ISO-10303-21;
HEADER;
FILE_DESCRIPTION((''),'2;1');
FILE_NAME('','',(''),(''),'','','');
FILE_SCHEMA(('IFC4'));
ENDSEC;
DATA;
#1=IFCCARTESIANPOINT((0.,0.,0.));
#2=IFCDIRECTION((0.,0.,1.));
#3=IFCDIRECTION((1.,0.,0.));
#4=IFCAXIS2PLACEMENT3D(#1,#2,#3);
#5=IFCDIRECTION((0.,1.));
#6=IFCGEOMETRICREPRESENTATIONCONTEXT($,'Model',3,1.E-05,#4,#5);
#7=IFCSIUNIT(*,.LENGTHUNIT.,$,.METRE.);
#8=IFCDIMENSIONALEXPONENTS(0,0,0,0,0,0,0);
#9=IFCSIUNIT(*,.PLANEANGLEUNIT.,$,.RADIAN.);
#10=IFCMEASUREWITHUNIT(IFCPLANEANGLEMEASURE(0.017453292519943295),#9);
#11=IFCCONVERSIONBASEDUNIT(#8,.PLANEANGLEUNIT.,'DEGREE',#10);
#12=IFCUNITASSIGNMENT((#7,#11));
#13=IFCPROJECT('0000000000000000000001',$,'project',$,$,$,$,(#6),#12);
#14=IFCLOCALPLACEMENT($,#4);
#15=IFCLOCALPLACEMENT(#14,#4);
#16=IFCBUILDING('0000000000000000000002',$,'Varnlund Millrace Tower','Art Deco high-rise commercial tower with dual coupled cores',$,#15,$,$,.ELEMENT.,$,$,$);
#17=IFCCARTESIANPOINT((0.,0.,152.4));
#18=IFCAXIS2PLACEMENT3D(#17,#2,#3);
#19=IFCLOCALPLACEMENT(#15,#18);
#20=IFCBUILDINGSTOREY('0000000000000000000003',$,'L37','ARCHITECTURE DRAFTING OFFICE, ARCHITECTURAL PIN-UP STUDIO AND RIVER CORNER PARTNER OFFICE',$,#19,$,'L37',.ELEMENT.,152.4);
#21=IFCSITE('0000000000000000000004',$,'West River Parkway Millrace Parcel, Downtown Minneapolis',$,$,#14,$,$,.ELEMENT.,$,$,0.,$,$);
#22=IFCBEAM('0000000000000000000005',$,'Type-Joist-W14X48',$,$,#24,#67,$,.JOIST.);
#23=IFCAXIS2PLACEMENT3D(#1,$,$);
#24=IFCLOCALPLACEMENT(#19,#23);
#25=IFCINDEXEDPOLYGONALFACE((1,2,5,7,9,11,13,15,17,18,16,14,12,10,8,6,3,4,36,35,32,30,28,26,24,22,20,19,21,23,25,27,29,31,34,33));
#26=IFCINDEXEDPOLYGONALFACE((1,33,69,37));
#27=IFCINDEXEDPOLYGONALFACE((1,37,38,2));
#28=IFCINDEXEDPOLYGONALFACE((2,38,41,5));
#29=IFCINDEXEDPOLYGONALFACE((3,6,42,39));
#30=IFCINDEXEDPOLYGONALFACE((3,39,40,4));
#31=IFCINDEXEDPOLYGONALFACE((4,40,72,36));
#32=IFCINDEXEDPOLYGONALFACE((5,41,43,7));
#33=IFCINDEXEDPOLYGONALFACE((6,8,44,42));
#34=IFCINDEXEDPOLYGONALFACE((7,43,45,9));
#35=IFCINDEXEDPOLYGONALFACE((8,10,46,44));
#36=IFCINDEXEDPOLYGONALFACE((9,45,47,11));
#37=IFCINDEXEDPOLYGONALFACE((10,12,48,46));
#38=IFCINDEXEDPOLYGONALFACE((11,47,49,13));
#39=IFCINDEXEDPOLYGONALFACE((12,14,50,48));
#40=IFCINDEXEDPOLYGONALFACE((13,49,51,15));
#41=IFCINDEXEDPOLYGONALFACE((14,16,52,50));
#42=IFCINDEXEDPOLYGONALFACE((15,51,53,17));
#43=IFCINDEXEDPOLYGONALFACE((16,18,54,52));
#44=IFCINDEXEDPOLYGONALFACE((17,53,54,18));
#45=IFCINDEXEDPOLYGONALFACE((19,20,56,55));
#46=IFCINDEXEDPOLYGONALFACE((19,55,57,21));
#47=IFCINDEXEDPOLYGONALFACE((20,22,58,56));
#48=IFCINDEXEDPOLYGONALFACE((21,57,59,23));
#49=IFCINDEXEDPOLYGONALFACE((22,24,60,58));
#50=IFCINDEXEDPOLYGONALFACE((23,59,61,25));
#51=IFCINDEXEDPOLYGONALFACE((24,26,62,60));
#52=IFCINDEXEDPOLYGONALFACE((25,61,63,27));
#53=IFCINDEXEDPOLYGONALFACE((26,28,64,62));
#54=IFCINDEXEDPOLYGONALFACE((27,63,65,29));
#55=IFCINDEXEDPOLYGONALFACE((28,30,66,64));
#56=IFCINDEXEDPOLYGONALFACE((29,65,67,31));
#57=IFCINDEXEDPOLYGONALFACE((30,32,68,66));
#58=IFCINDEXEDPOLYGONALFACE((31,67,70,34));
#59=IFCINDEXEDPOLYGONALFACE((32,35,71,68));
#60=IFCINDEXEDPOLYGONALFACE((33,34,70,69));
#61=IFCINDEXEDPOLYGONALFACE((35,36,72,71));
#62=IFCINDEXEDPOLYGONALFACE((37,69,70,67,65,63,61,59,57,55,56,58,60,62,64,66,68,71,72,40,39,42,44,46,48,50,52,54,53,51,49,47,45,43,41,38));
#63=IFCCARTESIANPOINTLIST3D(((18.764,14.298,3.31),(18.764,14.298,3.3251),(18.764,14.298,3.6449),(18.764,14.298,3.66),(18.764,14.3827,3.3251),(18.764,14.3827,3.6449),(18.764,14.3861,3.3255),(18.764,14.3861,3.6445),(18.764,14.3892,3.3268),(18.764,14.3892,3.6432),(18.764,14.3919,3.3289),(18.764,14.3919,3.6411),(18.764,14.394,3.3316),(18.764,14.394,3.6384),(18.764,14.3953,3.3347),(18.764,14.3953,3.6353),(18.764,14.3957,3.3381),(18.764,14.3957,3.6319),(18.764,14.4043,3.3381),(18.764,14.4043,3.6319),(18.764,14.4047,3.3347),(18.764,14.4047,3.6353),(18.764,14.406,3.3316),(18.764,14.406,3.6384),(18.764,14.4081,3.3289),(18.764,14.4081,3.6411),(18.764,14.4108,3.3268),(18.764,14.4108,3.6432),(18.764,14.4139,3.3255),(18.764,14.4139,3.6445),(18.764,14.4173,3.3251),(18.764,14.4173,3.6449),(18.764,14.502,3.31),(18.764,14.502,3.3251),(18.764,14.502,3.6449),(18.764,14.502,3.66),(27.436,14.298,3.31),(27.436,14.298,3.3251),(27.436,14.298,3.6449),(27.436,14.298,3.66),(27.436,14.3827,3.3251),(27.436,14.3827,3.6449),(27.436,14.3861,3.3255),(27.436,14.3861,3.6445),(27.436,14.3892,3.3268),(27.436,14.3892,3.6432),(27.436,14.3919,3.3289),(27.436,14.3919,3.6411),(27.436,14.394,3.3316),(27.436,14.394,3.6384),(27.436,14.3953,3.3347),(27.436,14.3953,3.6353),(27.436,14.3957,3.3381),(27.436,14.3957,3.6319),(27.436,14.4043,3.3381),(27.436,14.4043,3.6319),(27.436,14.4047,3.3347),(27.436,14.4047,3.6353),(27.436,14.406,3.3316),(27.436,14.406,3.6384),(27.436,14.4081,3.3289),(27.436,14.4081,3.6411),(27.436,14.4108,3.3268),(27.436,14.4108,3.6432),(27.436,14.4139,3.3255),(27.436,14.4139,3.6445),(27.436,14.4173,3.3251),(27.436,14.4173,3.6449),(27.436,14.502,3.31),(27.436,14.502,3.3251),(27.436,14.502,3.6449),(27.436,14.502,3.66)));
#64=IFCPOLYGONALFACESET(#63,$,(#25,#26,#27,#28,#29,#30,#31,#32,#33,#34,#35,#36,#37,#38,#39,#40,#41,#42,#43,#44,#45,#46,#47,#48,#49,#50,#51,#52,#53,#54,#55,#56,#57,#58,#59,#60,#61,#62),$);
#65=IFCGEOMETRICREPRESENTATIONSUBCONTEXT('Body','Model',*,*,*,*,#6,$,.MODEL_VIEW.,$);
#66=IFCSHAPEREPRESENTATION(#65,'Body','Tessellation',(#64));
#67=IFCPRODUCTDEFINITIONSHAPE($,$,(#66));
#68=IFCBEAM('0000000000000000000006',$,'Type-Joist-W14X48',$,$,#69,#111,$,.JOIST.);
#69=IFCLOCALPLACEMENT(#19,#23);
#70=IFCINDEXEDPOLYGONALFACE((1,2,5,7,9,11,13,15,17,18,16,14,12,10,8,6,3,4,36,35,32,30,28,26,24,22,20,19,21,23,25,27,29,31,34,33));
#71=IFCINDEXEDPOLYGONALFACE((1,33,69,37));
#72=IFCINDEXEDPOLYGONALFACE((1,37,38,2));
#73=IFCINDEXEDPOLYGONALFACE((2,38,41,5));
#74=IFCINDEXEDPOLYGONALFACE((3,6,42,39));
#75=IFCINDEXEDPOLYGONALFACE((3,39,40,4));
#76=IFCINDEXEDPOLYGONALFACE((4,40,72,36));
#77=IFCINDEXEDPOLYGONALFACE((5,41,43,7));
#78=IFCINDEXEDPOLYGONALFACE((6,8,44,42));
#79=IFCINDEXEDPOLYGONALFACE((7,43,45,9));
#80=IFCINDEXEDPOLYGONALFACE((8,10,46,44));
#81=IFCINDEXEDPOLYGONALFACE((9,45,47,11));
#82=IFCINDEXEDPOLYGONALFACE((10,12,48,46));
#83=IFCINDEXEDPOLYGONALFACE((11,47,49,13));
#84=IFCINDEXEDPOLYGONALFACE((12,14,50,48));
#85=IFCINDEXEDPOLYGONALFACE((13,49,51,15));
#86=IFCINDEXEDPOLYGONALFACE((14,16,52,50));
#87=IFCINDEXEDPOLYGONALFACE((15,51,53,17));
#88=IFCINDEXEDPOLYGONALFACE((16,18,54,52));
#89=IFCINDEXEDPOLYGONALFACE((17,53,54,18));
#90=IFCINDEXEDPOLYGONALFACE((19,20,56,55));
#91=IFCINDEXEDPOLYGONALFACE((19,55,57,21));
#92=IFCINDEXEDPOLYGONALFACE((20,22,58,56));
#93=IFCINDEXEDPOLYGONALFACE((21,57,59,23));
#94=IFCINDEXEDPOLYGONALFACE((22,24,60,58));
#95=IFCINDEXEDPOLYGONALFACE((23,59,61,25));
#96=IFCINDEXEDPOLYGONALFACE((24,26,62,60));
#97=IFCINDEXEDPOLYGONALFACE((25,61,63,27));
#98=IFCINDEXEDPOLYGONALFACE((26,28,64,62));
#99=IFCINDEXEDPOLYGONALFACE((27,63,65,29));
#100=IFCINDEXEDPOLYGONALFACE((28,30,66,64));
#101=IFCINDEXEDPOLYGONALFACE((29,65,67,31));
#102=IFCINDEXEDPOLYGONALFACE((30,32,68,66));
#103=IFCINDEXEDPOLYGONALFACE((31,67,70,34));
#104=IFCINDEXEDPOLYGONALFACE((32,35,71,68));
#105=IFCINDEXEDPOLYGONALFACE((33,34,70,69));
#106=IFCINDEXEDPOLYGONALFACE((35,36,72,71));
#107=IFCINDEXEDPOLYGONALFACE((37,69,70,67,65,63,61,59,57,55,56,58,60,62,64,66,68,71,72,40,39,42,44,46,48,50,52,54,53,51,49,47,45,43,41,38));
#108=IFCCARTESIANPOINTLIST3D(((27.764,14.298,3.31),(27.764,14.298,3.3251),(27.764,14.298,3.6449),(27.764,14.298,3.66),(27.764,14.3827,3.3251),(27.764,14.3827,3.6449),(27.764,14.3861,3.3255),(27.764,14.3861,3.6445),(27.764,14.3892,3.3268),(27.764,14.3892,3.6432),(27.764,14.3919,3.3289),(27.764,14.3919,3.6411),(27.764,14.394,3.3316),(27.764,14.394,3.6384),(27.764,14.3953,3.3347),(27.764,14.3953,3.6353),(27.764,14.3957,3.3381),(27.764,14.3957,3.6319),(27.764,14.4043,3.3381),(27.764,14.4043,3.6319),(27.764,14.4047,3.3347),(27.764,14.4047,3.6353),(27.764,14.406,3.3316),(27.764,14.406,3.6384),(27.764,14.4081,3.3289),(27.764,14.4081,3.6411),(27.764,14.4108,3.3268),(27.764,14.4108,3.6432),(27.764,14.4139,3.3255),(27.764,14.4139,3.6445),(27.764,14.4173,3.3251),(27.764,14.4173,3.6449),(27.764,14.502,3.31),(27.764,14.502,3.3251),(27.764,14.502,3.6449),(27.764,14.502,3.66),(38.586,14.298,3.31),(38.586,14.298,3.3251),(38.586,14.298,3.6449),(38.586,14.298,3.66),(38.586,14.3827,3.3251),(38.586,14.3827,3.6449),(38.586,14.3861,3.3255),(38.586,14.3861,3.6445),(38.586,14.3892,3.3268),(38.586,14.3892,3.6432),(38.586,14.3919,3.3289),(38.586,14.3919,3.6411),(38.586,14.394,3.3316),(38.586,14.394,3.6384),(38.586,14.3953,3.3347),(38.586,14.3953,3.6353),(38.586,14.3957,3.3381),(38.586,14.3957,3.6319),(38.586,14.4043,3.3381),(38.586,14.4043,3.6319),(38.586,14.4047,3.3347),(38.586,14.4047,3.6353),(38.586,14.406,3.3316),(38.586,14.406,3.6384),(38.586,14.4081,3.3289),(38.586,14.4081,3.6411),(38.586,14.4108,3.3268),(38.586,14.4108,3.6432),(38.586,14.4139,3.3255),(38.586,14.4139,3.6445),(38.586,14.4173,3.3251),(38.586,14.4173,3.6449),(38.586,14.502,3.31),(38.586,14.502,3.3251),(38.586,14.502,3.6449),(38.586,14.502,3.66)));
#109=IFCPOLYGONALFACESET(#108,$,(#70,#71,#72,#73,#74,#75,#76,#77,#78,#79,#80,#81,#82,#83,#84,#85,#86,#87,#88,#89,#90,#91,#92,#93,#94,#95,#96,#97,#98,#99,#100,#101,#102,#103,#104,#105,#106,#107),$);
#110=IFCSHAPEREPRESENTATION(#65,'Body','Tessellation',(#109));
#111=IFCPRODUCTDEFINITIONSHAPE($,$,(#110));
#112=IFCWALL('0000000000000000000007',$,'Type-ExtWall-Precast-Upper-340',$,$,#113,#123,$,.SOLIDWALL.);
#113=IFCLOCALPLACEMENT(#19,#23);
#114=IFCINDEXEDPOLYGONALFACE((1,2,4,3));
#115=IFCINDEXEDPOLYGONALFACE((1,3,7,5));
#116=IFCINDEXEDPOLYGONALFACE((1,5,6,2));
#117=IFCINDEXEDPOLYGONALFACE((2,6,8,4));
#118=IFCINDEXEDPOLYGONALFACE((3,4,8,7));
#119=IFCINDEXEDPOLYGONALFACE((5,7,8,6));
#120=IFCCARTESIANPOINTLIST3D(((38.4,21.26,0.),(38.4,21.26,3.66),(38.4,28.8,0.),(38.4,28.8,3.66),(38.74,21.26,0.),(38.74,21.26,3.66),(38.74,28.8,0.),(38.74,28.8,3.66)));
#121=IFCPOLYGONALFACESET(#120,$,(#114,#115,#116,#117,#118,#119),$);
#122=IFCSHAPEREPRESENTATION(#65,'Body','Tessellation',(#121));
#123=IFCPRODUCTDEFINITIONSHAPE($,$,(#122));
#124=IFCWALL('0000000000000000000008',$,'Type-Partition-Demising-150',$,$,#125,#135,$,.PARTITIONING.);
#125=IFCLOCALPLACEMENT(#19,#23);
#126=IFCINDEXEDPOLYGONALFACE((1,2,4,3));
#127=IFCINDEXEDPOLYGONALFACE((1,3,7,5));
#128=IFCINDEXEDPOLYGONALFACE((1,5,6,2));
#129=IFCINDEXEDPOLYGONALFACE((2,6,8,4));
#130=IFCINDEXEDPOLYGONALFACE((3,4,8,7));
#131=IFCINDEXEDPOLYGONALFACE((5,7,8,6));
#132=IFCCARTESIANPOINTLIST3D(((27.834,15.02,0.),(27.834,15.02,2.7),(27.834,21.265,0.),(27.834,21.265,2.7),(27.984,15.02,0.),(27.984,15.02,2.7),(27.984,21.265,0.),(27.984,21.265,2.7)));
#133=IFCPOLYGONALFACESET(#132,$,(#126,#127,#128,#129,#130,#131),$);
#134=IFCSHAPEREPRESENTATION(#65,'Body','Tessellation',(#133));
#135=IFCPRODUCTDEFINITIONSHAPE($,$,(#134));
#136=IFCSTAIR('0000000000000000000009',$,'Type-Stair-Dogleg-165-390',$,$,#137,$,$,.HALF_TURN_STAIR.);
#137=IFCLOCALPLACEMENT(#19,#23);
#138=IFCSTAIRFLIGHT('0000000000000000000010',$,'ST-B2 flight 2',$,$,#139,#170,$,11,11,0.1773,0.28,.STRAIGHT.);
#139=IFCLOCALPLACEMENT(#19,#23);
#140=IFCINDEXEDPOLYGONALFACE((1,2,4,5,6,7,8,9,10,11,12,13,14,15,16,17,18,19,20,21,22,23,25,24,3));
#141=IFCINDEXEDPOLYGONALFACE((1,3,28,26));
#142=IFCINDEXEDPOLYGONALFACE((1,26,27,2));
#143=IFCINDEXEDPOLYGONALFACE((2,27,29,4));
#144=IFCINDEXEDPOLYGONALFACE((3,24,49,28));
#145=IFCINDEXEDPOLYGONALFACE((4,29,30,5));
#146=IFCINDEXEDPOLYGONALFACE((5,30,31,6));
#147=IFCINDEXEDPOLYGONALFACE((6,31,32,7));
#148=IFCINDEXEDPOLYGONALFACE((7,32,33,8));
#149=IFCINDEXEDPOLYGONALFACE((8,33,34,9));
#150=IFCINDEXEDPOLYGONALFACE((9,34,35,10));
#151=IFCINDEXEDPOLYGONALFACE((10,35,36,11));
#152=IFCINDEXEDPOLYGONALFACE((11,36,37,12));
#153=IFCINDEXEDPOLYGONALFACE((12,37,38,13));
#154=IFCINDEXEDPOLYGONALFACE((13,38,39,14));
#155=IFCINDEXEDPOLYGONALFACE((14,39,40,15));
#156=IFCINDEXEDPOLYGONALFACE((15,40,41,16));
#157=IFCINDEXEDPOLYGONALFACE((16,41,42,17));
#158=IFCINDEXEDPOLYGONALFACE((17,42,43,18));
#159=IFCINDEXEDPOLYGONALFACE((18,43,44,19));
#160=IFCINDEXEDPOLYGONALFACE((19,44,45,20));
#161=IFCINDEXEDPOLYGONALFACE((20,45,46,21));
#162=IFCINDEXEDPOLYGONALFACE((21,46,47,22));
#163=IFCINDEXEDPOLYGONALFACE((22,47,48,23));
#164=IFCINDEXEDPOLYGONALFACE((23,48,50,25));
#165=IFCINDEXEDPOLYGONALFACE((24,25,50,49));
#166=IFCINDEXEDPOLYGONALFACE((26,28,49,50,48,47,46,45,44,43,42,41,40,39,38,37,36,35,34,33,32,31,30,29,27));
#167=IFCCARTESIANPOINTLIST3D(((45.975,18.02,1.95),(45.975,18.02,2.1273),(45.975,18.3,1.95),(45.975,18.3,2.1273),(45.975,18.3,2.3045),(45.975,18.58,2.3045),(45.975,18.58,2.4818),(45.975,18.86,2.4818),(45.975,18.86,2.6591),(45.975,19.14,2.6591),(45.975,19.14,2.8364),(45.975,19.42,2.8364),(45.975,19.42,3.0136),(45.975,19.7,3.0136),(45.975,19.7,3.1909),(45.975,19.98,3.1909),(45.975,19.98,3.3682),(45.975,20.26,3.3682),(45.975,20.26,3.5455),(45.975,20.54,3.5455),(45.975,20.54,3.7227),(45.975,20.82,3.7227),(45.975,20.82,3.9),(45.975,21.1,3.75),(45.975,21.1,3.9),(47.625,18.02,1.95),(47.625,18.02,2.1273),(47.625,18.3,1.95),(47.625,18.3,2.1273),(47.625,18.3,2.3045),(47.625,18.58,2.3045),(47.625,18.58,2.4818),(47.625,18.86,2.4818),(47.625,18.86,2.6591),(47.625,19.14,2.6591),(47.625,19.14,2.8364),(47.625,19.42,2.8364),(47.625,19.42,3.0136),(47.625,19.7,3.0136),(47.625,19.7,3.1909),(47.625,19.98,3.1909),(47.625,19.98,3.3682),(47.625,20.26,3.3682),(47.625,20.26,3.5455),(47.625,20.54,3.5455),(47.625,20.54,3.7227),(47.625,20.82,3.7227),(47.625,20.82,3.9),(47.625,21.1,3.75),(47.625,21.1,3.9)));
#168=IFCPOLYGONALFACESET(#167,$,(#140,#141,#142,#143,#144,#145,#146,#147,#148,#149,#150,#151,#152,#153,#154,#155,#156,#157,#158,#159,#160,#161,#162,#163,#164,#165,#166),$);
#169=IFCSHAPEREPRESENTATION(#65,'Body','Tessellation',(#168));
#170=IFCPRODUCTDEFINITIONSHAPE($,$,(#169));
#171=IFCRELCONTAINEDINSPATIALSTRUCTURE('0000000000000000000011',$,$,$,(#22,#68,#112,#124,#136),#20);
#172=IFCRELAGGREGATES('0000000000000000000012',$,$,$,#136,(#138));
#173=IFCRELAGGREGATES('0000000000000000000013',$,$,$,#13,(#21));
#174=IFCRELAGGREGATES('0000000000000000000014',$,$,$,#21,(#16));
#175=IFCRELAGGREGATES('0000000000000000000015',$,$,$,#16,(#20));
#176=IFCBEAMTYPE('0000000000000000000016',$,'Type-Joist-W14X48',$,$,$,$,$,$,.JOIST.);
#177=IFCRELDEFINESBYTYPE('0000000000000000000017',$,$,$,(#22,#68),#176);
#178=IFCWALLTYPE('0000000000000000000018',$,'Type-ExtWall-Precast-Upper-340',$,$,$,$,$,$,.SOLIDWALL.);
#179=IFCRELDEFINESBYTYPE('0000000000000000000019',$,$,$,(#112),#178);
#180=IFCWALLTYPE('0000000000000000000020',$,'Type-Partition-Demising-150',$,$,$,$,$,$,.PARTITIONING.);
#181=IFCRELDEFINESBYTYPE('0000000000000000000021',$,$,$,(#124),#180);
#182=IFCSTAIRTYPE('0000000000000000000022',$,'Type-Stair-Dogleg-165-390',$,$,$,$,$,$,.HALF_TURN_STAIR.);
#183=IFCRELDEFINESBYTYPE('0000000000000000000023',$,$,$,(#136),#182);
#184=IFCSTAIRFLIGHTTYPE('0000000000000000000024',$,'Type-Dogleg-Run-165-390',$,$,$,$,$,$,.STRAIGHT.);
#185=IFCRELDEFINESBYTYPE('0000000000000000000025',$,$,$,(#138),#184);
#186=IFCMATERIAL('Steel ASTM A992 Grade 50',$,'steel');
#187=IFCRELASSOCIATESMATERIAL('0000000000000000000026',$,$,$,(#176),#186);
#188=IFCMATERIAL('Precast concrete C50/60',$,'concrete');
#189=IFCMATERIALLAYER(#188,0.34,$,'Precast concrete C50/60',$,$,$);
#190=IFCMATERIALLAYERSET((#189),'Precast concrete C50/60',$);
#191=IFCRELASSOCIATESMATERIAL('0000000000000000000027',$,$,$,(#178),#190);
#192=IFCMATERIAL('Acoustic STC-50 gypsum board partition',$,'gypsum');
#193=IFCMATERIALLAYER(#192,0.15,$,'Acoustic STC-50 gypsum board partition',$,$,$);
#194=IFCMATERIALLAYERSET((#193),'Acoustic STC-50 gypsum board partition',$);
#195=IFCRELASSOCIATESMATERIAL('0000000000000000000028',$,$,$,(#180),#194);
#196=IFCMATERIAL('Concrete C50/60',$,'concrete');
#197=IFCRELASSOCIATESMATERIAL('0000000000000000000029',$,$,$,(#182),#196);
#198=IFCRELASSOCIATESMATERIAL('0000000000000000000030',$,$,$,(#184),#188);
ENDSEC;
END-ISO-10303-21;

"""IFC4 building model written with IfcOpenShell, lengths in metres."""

from ifc_helpers import new_model, entity, si_unit, converted_unit, direction, frame, origin_with_axes, origin_2d_with_axis, place, context, subcontext, project, spatial, polyline, i_section, outline, extrude, material, layer, layer_set, material_profile, profile_set, type_object, element, aggregate, save


model = new_model("IFC4")

# Units and contexts
model_context = context("Model", 3, precision=1e-05, world=origin_with_axes(), true_north=direction((0.0, 1.0)))
body_context = subcontext(model_context, "Body", "Model", "MODEL_VIEW")
ifc_project = project(units=[si_unit("LENGTHUNIT", "METRE"), converted_unit("PLANEANGLEUNIT", "DEGREE", entity("IfcPlaneAngleMeasure", 0.017453292519943295), si_unit("PLANEANGLEUNIT", "RADIAN"), dimensions=[0, 0, 0, 0, 0, 0, 0])], contexts=[model_context])

# Site, building, storey
site_placement = place(None, origin_with_axes())
site = spatial("IfcSite", under=ifc_project, at=site_placement, Name="West River Parkway Millrace Parcel, Downtown Minneapolis", CompositionType="ELEMENT", RefElevation=0.0)
building_placement = place(site_placement, origin_with_axes())
building = spatial("IfcBuilding", under=site, at=building_placement, Name="Varnlund Millrace Tower", Description="Art Deco high-rise commercial tower with dual coupled cores", CompositionType="ELEMENT")
storey_placement = place(building_placement, frame((0.0, 0.0, 152.4), z_axis=(0.0, 0.0, 1.0), x_axis=(1.0, 0.0, 0.0)))
storey = spatial("IfcBuildingStorey", under=building, at=storey_placement, Name="L37", Description="ARCHITECTURE DRAFTING OFFICE, ARCHITECTURAL PIN-UP STUDIO AND RIVER CORNER PARTNER OFFICE", LongName="L37", CompositionType="ELEMENT", Elevation=152.4)

# Beams
ifc_material_1 = material(Name="Steel ASTM A992 Grade 50", Category="steel")
ifc_material_profile_1 = material_profile(ifc_material_1, i_section(OverallWidth=0.204, OverallDepth=0.35, WebThickness=0.0086, FlangeThickness=0.0151, FilletRadius=0.013, at=origin_2d_with_axis()), Name="Steel ASTM A992 Grade 50")
ifc_profile_set_1 = profile_set([ifc_material_profile_1], Name="Steel ASTM A992 Grade 50")
beam_type_1 = type_object("IfcBeamType", Name="Type-Joist-W14X48", PredefinedType="JOIST", material=ifc_profile_set_1)
beam_1_placement = place(storey_placement, frame((18.764, 14.4, 3.485), z_axis=(1.0, 0.0, 0.0), x_axis=(0.0, 1.0, 0.0)))
element("IfcBeam", 1, at=beam_1_placement, inside=storey, type_object=beam_type_1, Name="Type-Joist-W14X48", PredefinedType="JOIST", context=body_context, shape_type="SweptSolid", body=[
    extrude(i_section(OverallWidth=0.204, OverallDepth=0.35, WebThickness=0.0086, FlangeThickness=0.0151, FilletRadius=0.013, at=origin_2d_with_axis()), origin_with_axes(), (0.0, 0.0, 1.0), 8.672),
])
beam_2_placement = place(storey_placement, frame((27.764, 14.4, 3.485), z_axis=(1.0, 0.0, 0.0), x_axis=(0.0, 1.0, 0.0)))
element("IfcBeam", 2, at=beam_2_placement, inside=storey, type_object=beam_type_1, Name="Type-Joist-W14X48", PredefinedType="JOIST", context=body_context, shape_type="SweptSolid", body=[
    extrude(i_section(OverallWidth=0.204, OverallDepth=0.35, WebThickness=0.0086, FlangeThickness=0.0151, FilletRadius=0.013, at=origin_2d_with_axis()), origin_with_axes(), (0.0, 0.0, 1.0), 10.822),
])

# Walls
ifc_material_2 = material(Name="Precast concrete C50/60", Category="concrete")
ifc_layer_1 = layer(ifc_material_2, 0.34, Name="Precast concrete C50/60")
ifc_layer_set_1 = layer_set([ifc_layer_1], Name="Precast concrete C50/60")
wall_type_1 = type_object("IfcWallType", Name="Type-ExtWall-Precast-Upper-340", PredefinedType="SOLIDWALL", material=ifc_layer_set_1)
wall_1_placement = place(storey_placement, frame((38.57, 21.26, 0.0), z_axis=(0.0, 0.0, 1.0), x_axis=(0.0, 1.0, 0.0)))
element("IfcWall", 3, at=wall_1_placement, inside=storey, type_object=wall_type_1, Name="Type-ExtWall-Precast-Upper-340", PredefinedType="SOLIDWALL", context=body_context, shape_type="SweptSolid", body=[
    extrude(outline(polyline([(0.0, -0.17), (7.54, -0.17), (7.54, 0.17), (0.0, 0.17), (0.0, -0.17)])), origin_with_axes(), (0.0, 0.0, 1.0), 3.66),
])
ifc_material_3 = material(Name="Acoustic STC-50 gypsum board partition", Category="gypsum")
ifc_layer_2 = layer(ifc_material_3, 0.15, Name="Acoustic STC-50 gypsum board partition")
ifc_layer_set_2 = layer_set([ifc_layer_2], Name="Acoustic STC-50 gypsum board partition")
wall_type_2 = type_object("IfcWallType", Name="Type-Partition-Demising-150", PredefinedType="PARTITIONING", material=ifc_layer_set_2)
wall_2_placement = place(storey_placement, frame((27.909, 15.02, 0.0), z_axis=(0.0, 0.0, 1.0), x_axis=(0.0, 1.0, 0.0)))
element("IfcWall", 4, at=wall_2_placement, inside=storey, type_object=wall_type_2, Name="Type-Partition-Demising-150", PredefinedType="PARTITIONING", context=body_context, shape_type="SweptSolid", body=[
    extrude(outline(polyline([(0.0, -0.075), (6.245, -0.075), (6.245, 0.075), (0.0, 0.075), (0.0, -0.075)])), origin_with_axes(), (0.0, 0.0, 1.0), 2.7),
])

# Stair, stair flight
ifc_material_4 = material(Name="Concrete C50/60", Category="concrete")
stair_type = type_object("IfcStairType", Name="Type-Stair-Dogleg-165-390", PredefinedType="HALF_TURN_STAIR", material=ifc_material_4)
stair_placement = place(storey_placement, origin_with_axes())
stair = element("IfcStair", 5, at=stair_placement, inside=storey, type_object=stair_type, Name="Type-Stair-Dogleg-165-390", PredefinedType="HALF_TURN_STAIR")
stair_flight_type = type_object("IfcStairFlightType", Name="Type-Dogleg-Run-165-390", PredefinedType="STRAIGHT", material=ifc_material_2)
stair_flight_placement = place(storey_placement, frame((45.975, 18.02, 1.95), z_axis=(1.0, 0.0, 0.0), x_axis=(0.0, 1.0, 0.0)))
stair_flight = element("IfcStairFlight", 6, at=stair_flight_placement, type_object=stair_flight_type, Name="ST-B2 flight 2", NumberOfRisers=11, NumberOfTreads=11, PredefinedType="STRAIGHT", RiserHeight=0.1773, TreadLength=0.28, context=body_context, shape_type="SweptSolid", body=[
    extrude(outline(polyline([(0.0, 0.0), (0.0, 0.1773), (0.28, 0.1773), (0.28, 0.3545), (0.56, 0.3545), (0.56, 0.5318), (0.84, 0.5318), (0.84, 0.7091), (1.12, 0.7091), (1.12, 0.8864), (1.4, 0.8864), (1.4, 1.0636), (1.68, 1.0636), (1.68, 1.2409), (1.96, 1.2409), (1.96, 1.4182), (2.24, 1.4182), (2.24, 1.5955), (2.52, 1.5955), (2.52, 1.7727), (2.8, 1.7727), (2.8, 1.95), (3.08, 1.95), (3.08, 1.8), (0.28, 0.0), (0.0, 0.0)])), origin_with_axes(), (0.0, 0.0, 1.0), 1.65),
])
aggregate(stair, [stair_flight])

save(model, "model.ifc")
